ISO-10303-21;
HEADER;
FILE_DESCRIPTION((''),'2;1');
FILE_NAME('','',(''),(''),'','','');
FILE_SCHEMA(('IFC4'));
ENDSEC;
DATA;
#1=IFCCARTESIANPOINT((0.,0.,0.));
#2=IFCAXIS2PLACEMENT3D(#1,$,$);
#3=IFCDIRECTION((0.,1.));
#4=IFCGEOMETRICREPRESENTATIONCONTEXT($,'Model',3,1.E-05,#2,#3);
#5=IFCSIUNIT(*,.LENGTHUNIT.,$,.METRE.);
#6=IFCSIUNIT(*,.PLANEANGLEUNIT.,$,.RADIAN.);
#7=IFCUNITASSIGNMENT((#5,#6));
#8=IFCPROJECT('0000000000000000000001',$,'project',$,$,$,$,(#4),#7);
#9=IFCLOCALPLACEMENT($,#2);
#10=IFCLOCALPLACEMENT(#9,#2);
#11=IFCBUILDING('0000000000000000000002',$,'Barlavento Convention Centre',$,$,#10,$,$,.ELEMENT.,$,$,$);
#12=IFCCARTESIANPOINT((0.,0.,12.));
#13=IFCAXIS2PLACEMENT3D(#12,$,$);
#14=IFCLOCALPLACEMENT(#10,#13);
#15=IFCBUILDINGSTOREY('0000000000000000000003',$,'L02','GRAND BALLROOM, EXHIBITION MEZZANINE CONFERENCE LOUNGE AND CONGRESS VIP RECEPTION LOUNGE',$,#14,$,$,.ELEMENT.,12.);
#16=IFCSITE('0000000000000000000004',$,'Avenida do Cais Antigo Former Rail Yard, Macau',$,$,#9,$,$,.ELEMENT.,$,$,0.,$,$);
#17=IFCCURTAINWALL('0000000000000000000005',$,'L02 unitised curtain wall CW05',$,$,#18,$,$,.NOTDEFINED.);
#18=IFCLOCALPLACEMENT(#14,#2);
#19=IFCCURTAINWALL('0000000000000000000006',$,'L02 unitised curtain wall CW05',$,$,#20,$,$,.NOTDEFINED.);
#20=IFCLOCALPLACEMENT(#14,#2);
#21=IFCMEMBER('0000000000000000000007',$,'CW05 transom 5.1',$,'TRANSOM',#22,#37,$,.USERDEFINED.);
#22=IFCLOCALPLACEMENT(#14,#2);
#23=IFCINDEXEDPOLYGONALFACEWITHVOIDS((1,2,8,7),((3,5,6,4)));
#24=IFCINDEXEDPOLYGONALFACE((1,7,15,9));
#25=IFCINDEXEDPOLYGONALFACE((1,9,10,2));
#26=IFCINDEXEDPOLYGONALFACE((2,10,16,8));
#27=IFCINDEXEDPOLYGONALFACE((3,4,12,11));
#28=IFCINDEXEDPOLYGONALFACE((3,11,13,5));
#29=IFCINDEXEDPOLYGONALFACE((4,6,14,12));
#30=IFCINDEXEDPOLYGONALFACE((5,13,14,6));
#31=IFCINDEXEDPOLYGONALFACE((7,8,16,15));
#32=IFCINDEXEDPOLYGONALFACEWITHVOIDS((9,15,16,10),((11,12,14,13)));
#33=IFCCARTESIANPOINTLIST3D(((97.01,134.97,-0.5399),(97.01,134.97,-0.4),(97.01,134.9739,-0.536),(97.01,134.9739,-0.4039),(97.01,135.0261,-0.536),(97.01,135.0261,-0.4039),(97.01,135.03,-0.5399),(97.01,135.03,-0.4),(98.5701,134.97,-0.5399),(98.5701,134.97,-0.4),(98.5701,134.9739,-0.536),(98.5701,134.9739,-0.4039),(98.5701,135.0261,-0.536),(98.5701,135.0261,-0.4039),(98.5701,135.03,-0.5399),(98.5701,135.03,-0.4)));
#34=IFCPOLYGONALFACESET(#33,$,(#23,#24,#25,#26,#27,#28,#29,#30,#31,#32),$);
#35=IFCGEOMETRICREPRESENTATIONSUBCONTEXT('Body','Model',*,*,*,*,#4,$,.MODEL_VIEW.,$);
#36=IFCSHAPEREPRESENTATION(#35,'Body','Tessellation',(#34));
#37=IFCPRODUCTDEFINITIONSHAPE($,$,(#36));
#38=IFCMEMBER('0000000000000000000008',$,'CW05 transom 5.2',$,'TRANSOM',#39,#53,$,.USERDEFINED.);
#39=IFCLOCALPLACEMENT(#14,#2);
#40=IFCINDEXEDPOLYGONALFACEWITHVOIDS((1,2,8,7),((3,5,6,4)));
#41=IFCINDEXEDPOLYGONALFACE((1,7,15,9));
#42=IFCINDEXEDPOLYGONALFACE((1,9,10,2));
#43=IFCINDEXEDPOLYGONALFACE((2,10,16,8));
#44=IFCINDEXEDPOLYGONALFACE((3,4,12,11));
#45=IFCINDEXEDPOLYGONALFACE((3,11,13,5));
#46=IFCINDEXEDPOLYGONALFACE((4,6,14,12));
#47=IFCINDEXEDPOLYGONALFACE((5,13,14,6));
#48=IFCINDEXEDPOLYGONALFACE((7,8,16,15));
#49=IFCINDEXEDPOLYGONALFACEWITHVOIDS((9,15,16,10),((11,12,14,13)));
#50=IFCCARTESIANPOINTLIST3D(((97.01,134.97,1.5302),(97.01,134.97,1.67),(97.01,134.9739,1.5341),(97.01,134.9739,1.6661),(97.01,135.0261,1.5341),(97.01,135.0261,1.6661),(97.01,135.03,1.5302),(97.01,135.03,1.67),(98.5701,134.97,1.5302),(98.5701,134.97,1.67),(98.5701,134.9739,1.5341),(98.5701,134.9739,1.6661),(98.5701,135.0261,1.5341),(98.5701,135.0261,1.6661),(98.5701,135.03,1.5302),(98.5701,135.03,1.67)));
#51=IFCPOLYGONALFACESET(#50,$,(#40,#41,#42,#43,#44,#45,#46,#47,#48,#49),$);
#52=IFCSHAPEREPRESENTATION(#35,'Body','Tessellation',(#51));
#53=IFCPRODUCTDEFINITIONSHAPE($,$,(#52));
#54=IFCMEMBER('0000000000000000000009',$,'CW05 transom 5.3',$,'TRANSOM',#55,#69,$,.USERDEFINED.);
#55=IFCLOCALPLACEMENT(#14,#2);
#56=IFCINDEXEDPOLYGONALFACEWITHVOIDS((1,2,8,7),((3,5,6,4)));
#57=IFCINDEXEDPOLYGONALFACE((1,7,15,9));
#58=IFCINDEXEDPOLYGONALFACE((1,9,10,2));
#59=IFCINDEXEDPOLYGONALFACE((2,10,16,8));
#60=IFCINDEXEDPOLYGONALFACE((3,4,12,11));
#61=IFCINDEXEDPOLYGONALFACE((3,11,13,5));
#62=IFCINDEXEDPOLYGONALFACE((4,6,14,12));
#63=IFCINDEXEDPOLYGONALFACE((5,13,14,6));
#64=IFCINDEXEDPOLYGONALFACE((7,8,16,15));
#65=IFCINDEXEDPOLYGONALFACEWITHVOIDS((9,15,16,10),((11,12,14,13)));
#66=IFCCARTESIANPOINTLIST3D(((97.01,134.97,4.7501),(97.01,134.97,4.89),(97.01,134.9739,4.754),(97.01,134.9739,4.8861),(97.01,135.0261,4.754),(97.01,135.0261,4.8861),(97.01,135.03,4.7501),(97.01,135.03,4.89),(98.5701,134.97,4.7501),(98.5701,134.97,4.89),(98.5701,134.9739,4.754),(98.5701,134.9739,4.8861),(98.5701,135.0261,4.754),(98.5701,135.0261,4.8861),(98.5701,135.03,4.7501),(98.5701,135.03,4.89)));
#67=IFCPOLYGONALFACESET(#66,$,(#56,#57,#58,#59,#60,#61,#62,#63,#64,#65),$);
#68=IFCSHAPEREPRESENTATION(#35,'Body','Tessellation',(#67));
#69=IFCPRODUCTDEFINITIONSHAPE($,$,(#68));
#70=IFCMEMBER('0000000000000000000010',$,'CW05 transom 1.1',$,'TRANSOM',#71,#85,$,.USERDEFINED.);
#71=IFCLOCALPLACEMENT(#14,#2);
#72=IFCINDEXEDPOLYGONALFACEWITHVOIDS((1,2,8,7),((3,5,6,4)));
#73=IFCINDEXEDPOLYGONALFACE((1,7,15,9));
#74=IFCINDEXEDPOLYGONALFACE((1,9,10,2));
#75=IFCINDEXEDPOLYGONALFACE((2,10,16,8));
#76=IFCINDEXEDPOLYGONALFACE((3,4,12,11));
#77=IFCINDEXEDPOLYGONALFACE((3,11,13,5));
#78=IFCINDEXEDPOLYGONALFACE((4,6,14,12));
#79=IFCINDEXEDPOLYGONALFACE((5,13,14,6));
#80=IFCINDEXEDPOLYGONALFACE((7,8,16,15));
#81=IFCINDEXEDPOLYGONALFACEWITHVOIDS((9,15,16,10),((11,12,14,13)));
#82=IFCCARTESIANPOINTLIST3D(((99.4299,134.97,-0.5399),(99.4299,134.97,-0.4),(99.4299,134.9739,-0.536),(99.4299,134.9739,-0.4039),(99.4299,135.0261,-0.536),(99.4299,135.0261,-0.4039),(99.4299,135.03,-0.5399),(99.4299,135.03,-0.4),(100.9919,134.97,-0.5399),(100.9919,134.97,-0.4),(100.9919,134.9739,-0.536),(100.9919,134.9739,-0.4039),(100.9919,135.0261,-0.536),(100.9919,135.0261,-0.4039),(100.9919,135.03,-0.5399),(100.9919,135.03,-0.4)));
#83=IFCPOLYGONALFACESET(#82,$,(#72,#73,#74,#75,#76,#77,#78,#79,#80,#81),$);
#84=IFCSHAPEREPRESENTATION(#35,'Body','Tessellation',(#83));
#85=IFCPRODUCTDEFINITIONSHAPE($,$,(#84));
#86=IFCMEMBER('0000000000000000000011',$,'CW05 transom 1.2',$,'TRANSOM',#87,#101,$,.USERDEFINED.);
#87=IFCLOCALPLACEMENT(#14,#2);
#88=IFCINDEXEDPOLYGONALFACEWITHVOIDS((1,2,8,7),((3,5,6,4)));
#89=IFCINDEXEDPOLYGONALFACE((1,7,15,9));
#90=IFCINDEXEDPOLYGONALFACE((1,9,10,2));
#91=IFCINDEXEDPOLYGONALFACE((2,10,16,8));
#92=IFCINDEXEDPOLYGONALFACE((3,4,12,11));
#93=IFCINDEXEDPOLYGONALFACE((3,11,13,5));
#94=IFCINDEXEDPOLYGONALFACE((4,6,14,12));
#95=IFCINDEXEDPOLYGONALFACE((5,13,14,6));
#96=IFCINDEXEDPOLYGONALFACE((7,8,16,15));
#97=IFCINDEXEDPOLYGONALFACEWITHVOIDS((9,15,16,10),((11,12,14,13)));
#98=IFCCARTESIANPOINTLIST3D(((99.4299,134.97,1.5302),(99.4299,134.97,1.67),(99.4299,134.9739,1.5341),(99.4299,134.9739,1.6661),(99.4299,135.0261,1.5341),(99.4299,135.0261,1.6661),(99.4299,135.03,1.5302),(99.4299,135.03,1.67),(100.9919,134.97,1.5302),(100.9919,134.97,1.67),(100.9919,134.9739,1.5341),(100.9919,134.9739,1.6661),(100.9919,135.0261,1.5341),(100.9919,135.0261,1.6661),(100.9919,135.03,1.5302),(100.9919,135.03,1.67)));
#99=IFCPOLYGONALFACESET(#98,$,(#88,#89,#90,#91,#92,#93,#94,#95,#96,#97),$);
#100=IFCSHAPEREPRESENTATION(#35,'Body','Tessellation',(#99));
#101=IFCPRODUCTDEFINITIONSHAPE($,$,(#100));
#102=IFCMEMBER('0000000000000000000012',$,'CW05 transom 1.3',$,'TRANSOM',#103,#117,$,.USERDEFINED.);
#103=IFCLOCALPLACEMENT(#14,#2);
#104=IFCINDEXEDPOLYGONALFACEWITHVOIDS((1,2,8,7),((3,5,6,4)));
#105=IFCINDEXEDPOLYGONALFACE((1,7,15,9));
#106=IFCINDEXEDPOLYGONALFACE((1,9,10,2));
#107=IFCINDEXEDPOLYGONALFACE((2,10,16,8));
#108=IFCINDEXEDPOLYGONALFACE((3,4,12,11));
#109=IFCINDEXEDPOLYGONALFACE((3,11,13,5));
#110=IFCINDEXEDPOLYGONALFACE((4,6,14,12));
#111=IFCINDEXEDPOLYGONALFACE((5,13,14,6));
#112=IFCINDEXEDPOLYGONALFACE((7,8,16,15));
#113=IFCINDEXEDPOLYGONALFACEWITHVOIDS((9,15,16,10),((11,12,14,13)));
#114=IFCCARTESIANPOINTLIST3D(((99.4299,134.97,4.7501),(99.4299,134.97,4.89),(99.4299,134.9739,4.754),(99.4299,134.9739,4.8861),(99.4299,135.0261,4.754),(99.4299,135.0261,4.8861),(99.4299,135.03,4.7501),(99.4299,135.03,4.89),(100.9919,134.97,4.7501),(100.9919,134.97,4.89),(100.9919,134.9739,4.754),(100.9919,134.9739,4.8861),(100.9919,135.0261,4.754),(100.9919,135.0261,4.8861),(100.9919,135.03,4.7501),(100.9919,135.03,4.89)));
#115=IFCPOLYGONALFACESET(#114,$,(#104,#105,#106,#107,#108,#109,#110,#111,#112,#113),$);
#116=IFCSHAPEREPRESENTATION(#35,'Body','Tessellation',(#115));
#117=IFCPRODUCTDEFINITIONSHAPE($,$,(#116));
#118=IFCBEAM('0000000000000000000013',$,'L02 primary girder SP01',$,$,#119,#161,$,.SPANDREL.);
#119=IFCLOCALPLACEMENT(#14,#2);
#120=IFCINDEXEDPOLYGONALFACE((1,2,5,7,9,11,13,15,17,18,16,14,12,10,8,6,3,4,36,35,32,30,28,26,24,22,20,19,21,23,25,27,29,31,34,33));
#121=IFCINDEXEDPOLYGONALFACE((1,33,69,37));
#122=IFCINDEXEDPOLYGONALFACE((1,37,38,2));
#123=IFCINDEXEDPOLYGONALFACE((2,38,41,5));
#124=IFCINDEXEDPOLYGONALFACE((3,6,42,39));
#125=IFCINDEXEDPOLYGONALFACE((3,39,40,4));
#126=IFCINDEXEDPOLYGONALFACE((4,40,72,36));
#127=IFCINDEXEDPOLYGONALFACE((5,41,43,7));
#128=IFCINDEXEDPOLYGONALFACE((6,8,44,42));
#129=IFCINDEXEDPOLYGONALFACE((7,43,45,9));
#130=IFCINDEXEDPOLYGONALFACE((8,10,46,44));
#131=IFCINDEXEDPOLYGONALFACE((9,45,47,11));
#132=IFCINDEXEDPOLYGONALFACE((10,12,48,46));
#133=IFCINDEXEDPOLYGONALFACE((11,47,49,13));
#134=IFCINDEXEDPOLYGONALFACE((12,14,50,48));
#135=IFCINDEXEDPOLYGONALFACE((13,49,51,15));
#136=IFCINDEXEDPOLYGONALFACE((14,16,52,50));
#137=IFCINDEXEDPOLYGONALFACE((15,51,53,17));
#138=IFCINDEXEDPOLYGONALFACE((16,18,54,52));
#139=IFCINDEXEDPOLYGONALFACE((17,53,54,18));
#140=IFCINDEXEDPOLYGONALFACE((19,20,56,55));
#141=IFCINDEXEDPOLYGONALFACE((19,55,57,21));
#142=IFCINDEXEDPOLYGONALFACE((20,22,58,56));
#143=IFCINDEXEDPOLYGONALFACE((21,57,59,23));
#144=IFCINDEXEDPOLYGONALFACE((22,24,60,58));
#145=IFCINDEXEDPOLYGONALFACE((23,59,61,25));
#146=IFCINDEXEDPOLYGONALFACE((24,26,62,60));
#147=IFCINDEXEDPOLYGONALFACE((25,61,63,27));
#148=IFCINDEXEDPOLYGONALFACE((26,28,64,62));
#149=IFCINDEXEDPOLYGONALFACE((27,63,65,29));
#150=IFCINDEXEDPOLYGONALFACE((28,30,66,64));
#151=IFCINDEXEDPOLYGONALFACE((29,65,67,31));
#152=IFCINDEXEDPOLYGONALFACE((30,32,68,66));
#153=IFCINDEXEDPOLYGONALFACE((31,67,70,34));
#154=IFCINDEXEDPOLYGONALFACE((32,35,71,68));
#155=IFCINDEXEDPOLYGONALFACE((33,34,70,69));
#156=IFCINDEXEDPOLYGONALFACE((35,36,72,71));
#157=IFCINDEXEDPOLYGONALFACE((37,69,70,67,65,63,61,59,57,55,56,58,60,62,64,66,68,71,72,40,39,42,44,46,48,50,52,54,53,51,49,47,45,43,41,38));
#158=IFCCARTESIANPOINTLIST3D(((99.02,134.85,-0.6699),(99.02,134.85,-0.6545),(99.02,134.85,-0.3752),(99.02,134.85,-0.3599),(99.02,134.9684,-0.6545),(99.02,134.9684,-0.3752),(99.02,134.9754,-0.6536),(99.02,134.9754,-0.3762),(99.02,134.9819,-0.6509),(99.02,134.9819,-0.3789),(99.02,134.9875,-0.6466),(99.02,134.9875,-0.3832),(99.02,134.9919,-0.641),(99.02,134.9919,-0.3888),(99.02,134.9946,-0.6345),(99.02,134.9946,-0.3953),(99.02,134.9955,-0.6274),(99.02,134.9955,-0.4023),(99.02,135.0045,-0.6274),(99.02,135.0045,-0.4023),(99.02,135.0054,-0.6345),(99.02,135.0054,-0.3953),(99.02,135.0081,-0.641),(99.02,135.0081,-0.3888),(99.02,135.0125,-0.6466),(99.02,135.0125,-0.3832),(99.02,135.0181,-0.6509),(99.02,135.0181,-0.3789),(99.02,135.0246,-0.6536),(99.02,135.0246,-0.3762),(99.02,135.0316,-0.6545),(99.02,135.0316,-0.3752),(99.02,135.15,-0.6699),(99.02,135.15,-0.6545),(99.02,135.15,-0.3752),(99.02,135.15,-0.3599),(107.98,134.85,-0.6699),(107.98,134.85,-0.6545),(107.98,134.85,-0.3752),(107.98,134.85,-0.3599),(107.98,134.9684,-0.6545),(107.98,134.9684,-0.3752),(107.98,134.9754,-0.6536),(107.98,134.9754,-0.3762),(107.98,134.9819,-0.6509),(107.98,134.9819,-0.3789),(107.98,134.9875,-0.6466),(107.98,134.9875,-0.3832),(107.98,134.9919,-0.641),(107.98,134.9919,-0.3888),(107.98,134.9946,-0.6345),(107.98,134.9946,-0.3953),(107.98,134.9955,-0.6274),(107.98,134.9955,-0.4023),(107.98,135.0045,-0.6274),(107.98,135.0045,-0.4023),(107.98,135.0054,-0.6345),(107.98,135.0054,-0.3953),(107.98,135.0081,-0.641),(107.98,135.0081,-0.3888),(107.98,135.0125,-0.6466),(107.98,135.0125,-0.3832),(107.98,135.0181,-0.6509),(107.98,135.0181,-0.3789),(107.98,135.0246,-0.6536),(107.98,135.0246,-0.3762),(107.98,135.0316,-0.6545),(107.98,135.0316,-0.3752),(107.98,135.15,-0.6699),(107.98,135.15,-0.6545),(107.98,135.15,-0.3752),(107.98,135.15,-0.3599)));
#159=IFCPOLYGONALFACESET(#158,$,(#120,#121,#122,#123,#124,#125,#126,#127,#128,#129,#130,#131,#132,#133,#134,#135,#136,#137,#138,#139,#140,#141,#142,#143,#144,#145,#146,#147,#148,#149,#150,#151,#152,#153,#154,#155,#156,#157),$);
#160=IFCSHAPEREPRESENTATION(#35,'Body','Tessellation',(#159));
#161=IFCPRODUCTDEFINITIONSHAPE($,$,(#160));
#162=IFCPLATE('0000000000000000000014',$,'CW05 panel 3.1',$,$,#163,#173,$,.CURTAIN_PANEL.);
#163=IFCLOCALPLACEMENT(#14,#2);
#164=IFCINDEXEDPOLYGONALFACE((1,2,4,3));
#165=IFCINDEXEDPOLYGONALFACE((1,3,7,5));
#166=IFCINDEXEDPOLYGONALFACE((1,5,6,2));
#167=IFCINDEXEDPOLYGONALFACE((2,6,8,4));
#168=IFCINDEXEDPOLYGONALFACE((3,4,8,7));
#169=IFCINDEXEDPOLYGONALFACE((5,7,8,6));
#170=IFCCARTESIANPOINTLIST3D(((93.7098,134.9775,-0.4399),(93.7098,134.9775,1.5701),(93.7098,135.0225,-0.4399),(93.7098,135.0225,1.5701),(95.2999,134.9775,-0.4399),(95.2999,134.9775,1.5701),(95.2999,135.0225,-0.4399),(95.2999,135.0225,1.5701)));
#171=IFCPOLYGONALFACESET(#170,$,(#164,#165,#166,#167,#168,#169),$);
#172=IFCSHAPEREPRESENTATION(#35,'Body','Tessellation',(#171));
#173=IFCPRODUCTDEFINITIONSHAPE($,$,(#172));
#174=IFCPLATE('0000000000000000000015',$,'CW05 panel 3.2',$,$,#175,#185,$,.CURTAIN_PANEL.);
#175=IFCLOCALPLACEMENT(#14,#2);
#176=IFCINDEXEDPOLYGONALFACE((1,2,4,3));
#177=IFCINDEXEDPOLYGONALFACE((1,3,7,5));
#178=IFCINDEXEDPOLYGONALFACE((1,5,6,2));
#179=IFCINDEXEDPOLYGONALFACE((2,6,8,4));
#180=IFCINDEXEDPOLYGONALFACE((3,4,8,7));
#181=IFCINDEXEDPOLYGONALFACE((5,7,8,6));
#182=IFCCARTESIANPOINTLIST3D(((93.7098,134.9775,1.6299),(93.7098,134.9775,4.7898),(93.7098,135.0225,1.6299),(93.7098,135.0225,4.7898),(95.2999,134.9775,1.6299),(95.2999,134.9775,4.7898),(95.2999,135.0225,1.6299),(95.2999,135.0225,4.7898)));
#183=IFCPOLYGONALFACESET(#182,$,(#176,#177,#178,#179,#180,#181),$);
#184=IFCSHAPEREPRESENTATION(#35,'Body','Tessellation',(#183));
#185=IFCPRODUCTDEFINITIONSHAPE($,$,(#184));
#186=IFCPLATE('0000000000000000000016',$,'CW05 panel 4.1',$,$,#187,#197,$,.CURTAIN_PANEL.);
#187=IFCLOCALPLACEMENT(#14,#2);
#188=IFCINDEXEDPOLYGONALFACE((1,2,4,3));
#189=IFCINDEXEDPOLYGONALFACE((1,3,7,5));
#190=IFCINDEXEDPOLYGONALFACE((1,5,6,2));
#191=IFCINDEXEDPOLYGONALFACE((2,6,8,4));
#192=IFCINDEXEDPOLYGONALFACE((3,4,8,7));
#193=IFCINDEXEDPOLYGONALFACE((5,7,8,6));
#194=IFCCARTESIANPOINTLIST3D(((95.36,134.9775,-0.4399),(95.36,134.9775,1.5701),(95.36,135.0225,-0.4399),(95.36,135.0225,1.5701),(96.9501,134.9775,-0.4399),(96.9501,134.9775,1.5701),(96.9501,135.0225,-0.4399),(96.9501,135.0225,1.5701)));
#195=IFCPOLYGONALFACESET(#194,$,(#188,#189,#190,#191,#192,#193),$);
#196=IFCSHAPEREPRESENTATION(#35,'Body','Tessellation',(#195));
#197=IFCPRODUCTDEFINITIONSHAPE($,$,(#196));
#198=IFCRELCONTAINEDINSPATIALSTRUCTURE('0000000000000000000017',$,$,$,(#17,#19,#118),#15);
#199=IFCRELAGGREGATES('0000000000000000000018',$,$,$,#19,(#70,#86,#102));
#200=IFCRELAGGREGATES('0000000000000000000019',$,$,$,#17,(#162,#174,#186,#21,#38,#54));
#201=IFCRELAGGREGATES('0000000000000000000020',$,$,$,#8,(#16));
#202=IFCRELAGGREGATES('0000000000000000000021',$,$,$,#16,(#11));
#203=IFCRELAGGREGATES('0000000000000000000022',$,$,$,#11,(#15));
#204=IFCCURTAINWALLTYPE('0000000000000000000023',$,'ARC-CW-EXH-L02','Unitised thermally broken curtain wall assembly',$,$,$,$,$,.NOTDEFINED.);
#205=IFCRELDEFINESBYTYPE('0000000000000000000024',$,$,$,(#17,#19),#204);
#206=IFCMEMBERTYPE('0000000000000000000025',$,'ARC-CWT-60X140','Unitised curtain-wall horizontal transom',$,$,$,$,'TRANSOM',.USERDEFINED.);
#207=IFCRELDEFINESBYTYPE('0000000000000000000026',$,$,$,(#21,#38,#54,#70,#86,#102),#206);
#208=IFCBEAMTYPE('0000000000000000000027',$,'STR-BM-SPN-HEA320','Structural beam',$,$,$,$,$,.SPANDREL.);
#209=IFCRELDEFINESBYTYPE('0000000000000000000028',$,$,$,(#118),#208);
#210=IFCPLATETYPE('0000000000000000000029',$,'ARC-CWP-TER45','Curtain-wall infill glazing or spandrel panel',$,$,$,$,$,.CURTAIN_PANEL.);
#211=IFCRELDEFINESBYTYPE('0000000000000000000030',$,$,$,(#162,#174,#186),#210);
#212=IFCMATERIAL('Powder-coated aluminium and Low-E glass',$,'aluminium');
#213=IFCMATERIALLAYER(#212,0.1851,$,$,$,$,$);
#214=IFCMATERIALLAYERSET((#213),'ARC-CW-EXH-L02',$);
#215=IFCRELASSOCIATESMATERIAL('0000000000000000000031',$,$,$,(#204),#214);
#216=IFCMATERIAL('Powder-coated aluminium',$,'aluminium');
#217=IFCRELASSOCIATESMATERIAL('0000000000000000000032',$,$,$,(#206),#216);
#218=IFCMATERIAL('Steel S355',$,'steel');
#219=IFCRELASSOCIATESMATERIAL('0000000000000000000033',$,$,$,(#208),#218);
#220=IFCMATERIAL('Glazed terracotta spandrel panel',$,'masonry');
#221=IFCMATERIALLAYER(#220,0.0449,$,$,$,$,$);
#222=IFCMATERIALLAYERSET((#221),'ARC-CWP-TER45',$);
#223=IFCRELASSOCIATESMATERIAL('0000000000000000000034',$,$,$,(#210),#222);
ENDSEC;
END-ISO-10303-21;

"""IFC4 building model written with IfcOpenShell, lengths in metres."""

from ifc_helpers import new_model, si_unit, direction, frame, origin, origin_2d, place, context, subcontext, project, spatial, rectangle, hollow_rectangle, i_section, extrude, material, layer, layer_set, material_profile, profile_set, type_object, element, aggregate, save


model = new_model("IFC4")

# Units and contexts
model_context = context("Model", 3, precision=1e-05, world=origin(), true_north=direction((0.0, 1.0)))
body_context = subcontext(model_context, "Body", "Model", "MODEL_VIEW")
ifc_project = project(units=[si_unit("LENGTHUNIT", "METRE"), si_unit("PLANEANGLEUNIT", "RADIAN")], contexts=[model_context])

# Site, building, storey
site_placement = place(None, origin())
site = spatial("IfcSite", under=ifc_project, at=site_placement, Name="Avenida do Cais Antigo Former Rail Yard, Macau", CompositionType="ELEMENT", RefElevation=0.0)
building_placement = place(site_placement, origin())
building = spatial("IfcBuilding", under=site, at=building_placement, Name="Barlavento Convention Centre", CompositionType="ELEMENT")
storey_placement = place(building_placement, frame((0.0, 0.0, 12.0)))
storey = spatial("IfcBuildingStorey", under=building, at=storey_placement, Name="L02", Description="GRAND BALLROOM, EXHIBITION MEZZANINE CONFERENCE LOUNGE AND CONGRESS VIP RECEPTION LOUNGE", CompositionType="ELEMENT", Elevation=12.0)

# Shared definitions
ifc_material_1 = material(Name="Steel S355", Category="steel")

# Curtain wall
ifc_material_2 = material(Name="Powder-coated aluminium and Low-E glass", Category="aluminium")
ifc_layer_1 = layer(ifc_material_2, 0.1851)
ifc_layer_set_1 = layer_set([ifc_layer_1], Name="ARC-CW-EXH-L02")
curtain_wall_type = type_object("IfcCurtainWallType", Name="ARC-CW-EXH-L02", Description="Unitised thermally broken curtain wall assembly", PredefinedType="NOTDEFINED", material=ifc_layer_set_1)
curtain_wall_1_placement = place(storey_placement, origin())
curtain_wall_1 = element("IfcCurtainWall", 1, at=curtain_wall_1_placement, inside=storey, type_object=curtain_wall_type, Name="L02 unitised curtain wall CW05", PredefinedType="NOTDEFINED")
ifc_material_3 = material(Name="Powder-coated aluminium", Category="aluminium")

# Curtain wall
curtain_wall_2_placement = place(storey_placement, origin())
curtain_wall_2 = element("IfcCurtainWall", 2, at=curtain_wall_2_placement, inside=storey, type_object=curtain_wall_type, Name="L02 unitised curtain wall CW05", PredefinedType="NOTDEFINED")

# Members
ifc_material_profile_1 = material_profile(ifc_material_3, hollow_rectangle(XDim=0.0601, YDim=0.1399, WallThickness=0.0039, at=origin_2d()), Name="AL-TRAN 60x140x4")
ifc_profile_set_1 = profile_set([ifc_material_profile_1], Name="Powder-coated aluminium")
member_type_1 = type_object("IfcMemberType", Name="ARC-CWT-60X140", Description="Unitised curtain-wall horizontal transom", ElementType="TRANSOM", PredefinedType="USERDEFINED", material=ifc_profile_set_1)
member_1_placement = place(storey_placement, frame((97.01, 135.0, -0.47), z_axis=(1.0, 0.0, 0.0), x_axis=(0.0, 1.0, 0.0)))
member_1 = element("IfcMember", 3, at=member_1_placement, type_object=member_type_1, Name="CW05 transom 5.1", ObjectType="TRANSOM", PredefinedType="USERDEFINED", context=body_context, shape_type="SweptSolid", body=[
    extrude(hollow_rectangle(XDim=0.0601, YDim=0.1399, WallThickness=0.0039, at=origin_2d()), origin(), (0.0, 0.0, 1.0), 1.5601),
])
member_2_placement = place(storey_placement, frame((97.01, 135.0, 1.6001), z_axis=(1.0, 0.0, 0.0), x_axis=(0.0, 1.0, 0.0)))
member_2 = element("IfcMember", 4, at=member_2_placement, type_object=member_type_1, Name="CW05 transom 5.2", ObjectType="TRANSOM", PredefinedType="USERDEFINED", context=body_context, shape_type="SweptSolid", body=[
    extrude(hollow_rectangle(XDim=0.0601, YDim=0.1399, WallThickness=0.0039, at=origin_2d()), origin(), (0.0, 0.0, 1.0), 1.5601),
])
member_3_placement = place(storey_placement, frame((97.01, 135.0, 4.8201), z_axis=(1.0, 0.0, 0.0), x_axis=(0.0, 1.0, 0.0)))
member_3 = element("IfcMember", 5, at=member_3_placement, type_object=member_type_1, Name="CW05 transom 5.3", ObjectType="TRANSOM", PredefinedType="USERDEFINED", context=body_context, shape_type="SweptSolid", body=[
    extrude(hollow_rectangle(XDim=0.0601, YDim=0.1399, WallThickness=0.0039, at=origin_2d()), origin(), (0.0, 0.0, 1.0), 1.5601),
])
member_4_placement = place(storey_placement, frame((99.4299, 135.0, -0.47), z_axis=(1.0, 0.0, 0.0), x_axis=(0.0, 1.0, 0.0)))
member_4 = element("IfcMember", 6, at=member_4_placement, type_object=member_type_1, Name="CW05 transom 1.1", ObjectType="TRANSOM", PredefinedType="USERDEFINED", context=body_context, shape_type="SweptSolid", body=[
    extrude(hollow_rectangle(XDim=0.0601, YDim=0.1399, WallThickness=0.0039, at=origin_2d()), origin(), (0.0, 0.0, 1.0), 1.562),
])
member_5_placement = place(storey_placement, frame((99.4299, 135.0, 1.6001), z_axis=(1.0, 0.0, 0.0), x_axis=(0.0, 1.0, 0.0)))
member_5 = element("IfcMember", 7, at=member_5_placement, type_object=member_type_1, Name="CW05 transom 1.2", ObjectType="TRANSOM", PredefinedType="USERDEFINED", context=body_context, shape_type="SweptSolid", body=[
    extrude(hollow_rectangle(XDim=0.0601, YDim=0.1399, WallThickness=0.0039, at=origin_2d()), origin(), (0.0, 0.0, 1.0), 1.562),
])
member_6_placement = place(storey_placement, frame((99.4299, 135.0, 4.8201), z_axis=(1.0, 0.0, 0.0), x_axis=(0.0, 1.0, 0.0)))
member_6 = element("IfcMember", 8, at=member_6_placement, type_object=member_type_1, Name="CW05 transom 1.3", ObjectType="TRANSOM", PredefinedType="USERDEFINED", context=body_context, shape_type="SweptSolid", body=[
    extrude(hollow_rectangle(XDim=0.0601, YDim=0.1399, WallThickness=0.0039, at=origin_2d()), origin(), (0.0, 0.0, 1.0), 1.562),
])
aggregate(curtain_wall_2, [member_4, member_5, member_6])

# Beam
ifc_material_profile_2 = material_profile(ifc_material_1, i_section(OverallWidth=0.3, OverallDepth=0.3101, WebThickness=0.009, FlangeThickness=0.0154, FilletRadius=0.0271, at=origin_2d()), Name="HEA 320")
ifc_profile_set_2 = profile_set([ifc_material_profile_2], Name="Steel S355")
beam_type = type_object("IfcBeamType", Name="STR-BM-SPN-HEA320", Description="Structural beam", PredefinedType="SPANDREL", material=ifc_profile_set_2)
beam_placement = place(storey_placement, frame((99.02, 135.0, -0.5149), z_axis=(1.0, 0.0, 0.0), x_axis=(0.0, 1.0, 0.0)))
element("IfcBeam", 9, at=beam_placement, inside=storey, type_object=beam_type, Name="L02 primary girder SP01", PredefinedType="SPANDREL", context=body_context, shape_type="SweptSolid", body=[
    extrude(i_section(OverallWidth=0.3, OverallDepth=0.3101, WebThickness=0.009, FlangeThickness=0.0154, FilletRadius=0.0271, at=origin_2d()), origin(), (0.0, 0.0, 1.0), 8.96),
])

# Plates
ifc_material_4 = material(Name="Glazed terracotta spandrel panel", Category="masonry")
ifc_layer_2 = layer(ifc_material_4, 0.0449)
ifc_layer_set_2 = layer_set([ifc_layer_2], Name="ARC-CWP-TER45")
plate_type = type_object("IfcPlateType", Name="ARC-CWP-TER45", Description="Curtain-wall infill glazing or spandrel panel", PredefinedType="CURTAIN_PANEL", material=ifc_layer_set_2)
plate_1_placement = place(storey_placement, frame((94.5049, 135.0, -0.4399), z_axis=(0.0, 0.0, 1.0), x_axis=(1.0, 0.0, 0.0)))
plate_1 = element("IfcPlate", 10, at=plate_1_placement, type_object=plate_type, Name="CW05 panel 3.1", PredefinedType="CURTAIN_PANEL", context=body_context, shape_type="SweptSolid", body=[
    extrude(rectangle(XDim=1.5901, YDim=0.0449, at=origin_2d()), origin(), (0.0, 0.0, 1.0), 2.01),
])
plate_2_placement = place(storey_placement, frame((94.5049, 135.0, 1.6299), z_axis=(0.0, 0.0, 1.0), x_axis=(1.0, 0.0, 0.0)))
plate_2 = element("IfcPlate", 11, at=plate_2_placement, type_object=plate_type, Name="CW05 panel 3.2", PredefinedType="CURTAIN_PANEL", context=body_context, shape_type="SweptSolid", body=[
    extrude(rectangle(XDim=1.5901, YDim=0.0449, at=origin_2d()), origin(), (0.0, 0.0, 1.0), 3.1599),
])
plate_3_placement = place(storey_placement, frame((96.155, 135.0, -0.4399), z_axis=(0.0, 0.0, 1.0), x_axis=(1.0, 0.0, 0.0)))
plate_3 = element("IfcPlate", 12, at=plate_3_placement, type_object=plate_type, Name="CW05 panel 4.1", PredefinedType="CURTAIN_PANEL", context=body_context, shape_type="SweptSolid", body=[
    extrude(rectangle(XDim=1.5901, YDim=0.0449, at=origin_2d()), origin(), (0.0, 0.0, 1.0), 2.01),
])
aggregate(curtain_wall_1, [plate_1, plate_2, plate_3, member_1, member_2, member_3])

save(model, "model.ifc")
